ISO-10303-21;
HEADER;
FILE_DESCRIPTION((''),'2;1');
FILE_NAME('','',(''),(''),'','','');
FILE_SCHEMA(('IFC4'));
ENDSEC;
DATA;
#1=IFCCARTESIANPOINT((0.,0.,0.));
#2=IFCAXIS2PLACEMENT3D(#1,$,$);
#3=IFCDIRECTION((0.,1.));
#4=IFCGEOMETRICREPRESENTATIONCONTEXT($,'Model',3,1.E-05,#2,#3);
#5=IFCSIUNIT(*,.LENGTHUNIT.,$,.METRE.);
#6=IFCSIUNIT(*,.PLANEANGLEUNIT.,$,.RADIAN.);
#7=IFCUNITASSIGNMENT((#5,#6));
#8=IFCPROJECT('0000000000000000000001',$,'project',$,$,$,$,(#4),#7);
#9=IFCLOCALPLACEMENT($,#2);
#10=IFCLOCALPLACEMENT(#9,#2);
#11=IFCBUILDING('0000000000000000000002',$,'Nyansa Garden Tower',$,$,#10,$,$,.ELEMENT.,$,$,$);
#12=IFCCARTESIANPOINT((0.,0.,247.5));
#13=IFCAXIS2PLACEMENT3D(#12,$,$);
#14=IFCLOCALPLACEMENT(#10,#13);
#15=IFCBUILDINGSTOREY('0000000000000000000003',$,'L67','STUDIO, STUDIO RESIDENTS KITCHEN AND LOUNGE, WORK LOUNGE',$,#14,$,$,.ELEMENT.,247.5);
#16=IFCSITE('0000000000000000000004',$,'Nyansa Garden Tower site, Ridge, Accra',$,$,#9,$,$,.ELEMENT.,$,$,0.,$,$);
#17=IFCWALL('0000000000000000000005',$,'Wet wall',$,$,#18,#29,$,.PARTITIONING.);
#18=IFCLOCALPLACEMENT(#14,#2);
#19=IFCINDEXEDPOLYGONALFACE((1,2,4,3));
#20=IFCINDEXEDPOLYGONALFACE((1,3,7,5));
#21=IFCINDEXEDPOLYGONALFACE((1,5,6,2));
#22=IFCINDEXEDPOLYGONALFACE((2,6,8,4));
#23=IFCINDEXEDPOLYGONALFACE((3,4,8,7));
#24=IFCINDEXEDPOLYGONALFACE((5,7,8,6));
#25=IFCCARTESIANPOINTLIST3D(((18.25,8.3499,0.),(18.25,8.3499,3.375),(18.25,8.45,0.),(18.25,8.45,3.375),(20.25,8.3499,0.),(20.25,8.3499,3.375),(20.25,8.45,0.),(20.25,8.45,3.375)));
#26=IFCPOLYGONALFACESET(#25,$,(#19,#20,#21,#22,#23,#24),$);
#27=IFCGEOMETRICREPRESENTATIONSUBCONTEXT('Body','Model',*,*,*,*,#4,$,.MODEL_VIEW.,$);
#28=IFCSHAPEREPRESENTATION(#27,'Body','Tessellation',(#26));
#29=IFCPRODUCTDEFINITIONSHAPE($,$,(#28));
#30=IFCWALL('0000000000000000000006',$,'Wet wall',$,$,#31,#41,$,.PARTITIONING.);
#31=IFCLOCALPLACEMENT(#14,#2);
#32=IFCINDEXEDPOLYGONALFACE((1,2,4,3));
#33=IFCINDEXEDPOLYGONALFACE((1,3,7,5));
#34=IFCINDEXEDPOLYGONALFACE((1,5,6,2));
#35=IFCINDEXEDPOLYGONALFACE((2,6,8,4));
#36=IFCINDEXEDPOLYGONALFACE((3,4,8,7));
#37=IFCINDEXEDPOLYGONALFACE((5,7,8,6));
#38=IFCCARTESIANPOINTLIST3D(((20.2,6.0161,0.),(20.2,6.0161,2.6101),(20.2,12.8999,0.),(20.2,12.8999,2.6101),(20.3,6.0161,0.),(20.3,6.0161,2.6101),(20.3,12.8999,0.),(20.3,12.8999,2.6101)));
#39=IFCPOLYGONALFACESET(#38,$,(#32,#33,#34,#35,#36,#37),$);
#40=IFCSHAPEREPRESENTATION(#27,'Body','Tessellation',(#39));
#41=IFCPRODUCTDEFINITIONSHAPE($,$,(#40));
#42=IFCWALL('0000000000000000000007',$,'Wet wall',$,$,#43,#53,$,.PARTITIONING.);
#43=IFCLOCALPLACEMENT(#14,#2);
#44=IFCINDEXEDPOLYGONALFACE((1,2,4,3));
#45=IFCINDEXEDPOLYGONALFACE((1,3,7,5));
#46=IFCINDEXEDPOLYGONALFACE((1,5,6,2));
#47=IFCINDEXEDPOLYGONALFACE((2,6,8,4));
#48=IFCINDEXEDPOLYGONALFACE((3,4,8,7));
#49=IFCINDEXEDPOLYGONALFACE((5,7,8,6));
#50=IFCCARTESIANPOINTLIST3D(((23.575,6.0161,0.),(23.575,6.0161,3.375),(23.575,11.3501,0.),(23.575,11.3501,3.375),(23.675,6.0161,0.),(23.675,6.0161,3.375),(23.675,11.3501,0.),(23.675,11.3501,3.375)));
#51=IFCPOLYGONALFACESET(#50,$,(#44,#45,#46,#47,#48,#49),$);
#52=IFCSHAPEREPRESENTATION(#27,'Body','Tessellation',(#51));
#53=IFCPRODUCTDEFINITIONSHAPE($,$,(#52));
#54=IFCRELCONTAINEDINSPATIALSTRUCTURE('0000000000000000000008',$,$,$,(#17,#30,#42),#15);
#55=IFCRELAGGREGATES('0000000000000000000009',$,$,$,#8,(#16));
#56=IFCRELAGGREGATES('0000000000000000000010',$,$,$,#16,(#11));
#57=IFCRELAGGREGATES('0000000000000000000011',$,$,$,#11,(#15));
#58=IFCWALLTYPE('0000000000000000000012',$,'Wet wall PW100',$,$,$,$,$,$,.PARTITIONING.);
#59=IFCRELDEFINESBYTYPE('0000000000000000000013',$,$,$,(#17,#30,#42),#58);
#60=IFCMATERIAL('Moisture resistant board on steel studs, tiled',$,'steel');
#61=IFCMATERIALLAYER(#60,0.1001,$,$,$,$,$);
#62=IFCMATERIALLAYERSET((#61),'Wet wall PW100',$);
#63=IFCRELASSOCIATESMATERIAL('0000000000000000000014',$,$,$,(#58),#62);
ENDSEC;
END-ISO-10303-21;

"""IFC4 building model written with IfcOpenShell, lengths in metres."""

from ifc_helpers import new_model, si_unit, direction, frame, frame_2d, origin, place, context, subcontext, project, spatial, rectangle, extrude, material, layer, layer_set, type_object, element, save


model = new_model("IFC4")

# Units and contexts
model_context = context("Model", 3, precision=1e-05, world=origin(), true_north=direction((0.0, 1.0)))
body_context = subcontext(model_context, "Body", "Model", "MODEL_VIEW")
ifc_project = project(units=[si_unit("LENGTHUNIT", "METRE"), si_unit("PLANEANGLEUNIT", "RADIAN")], contexts=[model_context])

# Site, building, storey
site_placement = place(None, origin())
site = spatial("IfcSite", under=ifc_project, at=site_placement, Name="Nyansa Garden Tower site, Ridge, Accra", CompositionType="ELEMENT", RefElevation=0.0)
building_placement = place(site_placement, origin())
building = spatial("IfcBuilding", under=site, at=building_placement, Name="Nyansa Garden Tower", CompositionType="ELEMENT")
storey_placement = place(building_placement, frame((0.0, 0.0, 247.5)))
storey = spatial("IfcBuildingStorey", under=building, at=storey_placement, Name="L67", Description="STUDIO, STUDIO RESIDENTS KITCHEN AND LOUNGE, WORK LOUNGE", CompositionType="ELEMENT", Elevation=247.5)

# Shared definitions
ifc_material_1 = material(Name="Moisture resistant board on steel studs, tiled", Category="steel")
ifc_layer_1 = layer(ifc_material_1, 0.1001)
ifc_layer_set_1 = layer_set([ifc_layer_1], Name="Wet wall PW100")
wall_type_1 = type_object("IfcWallType", Name="Wet wall PW100", PredefinedType="PARTITIONING", material=ifc_layer_set_1)

# Walls
wall_1_placement = place(storey_placement, frame((18.25, 8.3999, 0.0), z_axis=(0.0, 0.0, 1.0), x_axis=(1.0, 0.0, 0.0)))
element("IfcWall", 1, at=wall_1_placement, inside=storey, type_object=wall_type_1, Name="Wet wall", PredefinedType="PARTITIONING", context=body_context, shape_type="SweptSolid", body=[
    extrude(rectangle(XDim=2.0, YDim=0.1001, at=frame_2d((1.0, 0.0))), origin(), (0.0, 0.0, 1.0), 3.375),
])
wall_2_placement = place(storey_placement, frame((20.25, 6.0161, 0.0), z_axis=(0.0, 0.0, 1.0), x_axis=(0.0, 1.0, 0.0)))
element("IfcWall", 2, at=wall_2_placement, inside=storey, type_object=wall_type_1, Name="Wet wall", PredefinedType="PARTITIONING", context=body_context, shape_type="SweptSolid", body=[
    extrude(rectangle(XDim=6.8838, YDim=0.1001, at=frame_2d((3.4419, 0.0))), origin(), (0.0, 0.0, 1.0), 2.6101),
])
wall_3_placement = place(storey_placement, frame((23.625, 6.0161, 0.0), z_axis=(0.0, 0.0, 1.0), x_axis=(0.0, 1.0, 0.0)))
element("IfcWall", 3, at=wall_3_placement, inside=storey, type_object=wall_type_1, Name="Wet wall", PredefinedType="PARTITIONING", context=body_context, shape_type="SweptSolid", body=[
    extrude(rectangle(XDim=5.334, YDim=0.1001, at=frame_2d((2.667, 0.0))), origin(), (0.0, 0.0, 1.0), 3.375),
])

save(model, "model.ifc")
